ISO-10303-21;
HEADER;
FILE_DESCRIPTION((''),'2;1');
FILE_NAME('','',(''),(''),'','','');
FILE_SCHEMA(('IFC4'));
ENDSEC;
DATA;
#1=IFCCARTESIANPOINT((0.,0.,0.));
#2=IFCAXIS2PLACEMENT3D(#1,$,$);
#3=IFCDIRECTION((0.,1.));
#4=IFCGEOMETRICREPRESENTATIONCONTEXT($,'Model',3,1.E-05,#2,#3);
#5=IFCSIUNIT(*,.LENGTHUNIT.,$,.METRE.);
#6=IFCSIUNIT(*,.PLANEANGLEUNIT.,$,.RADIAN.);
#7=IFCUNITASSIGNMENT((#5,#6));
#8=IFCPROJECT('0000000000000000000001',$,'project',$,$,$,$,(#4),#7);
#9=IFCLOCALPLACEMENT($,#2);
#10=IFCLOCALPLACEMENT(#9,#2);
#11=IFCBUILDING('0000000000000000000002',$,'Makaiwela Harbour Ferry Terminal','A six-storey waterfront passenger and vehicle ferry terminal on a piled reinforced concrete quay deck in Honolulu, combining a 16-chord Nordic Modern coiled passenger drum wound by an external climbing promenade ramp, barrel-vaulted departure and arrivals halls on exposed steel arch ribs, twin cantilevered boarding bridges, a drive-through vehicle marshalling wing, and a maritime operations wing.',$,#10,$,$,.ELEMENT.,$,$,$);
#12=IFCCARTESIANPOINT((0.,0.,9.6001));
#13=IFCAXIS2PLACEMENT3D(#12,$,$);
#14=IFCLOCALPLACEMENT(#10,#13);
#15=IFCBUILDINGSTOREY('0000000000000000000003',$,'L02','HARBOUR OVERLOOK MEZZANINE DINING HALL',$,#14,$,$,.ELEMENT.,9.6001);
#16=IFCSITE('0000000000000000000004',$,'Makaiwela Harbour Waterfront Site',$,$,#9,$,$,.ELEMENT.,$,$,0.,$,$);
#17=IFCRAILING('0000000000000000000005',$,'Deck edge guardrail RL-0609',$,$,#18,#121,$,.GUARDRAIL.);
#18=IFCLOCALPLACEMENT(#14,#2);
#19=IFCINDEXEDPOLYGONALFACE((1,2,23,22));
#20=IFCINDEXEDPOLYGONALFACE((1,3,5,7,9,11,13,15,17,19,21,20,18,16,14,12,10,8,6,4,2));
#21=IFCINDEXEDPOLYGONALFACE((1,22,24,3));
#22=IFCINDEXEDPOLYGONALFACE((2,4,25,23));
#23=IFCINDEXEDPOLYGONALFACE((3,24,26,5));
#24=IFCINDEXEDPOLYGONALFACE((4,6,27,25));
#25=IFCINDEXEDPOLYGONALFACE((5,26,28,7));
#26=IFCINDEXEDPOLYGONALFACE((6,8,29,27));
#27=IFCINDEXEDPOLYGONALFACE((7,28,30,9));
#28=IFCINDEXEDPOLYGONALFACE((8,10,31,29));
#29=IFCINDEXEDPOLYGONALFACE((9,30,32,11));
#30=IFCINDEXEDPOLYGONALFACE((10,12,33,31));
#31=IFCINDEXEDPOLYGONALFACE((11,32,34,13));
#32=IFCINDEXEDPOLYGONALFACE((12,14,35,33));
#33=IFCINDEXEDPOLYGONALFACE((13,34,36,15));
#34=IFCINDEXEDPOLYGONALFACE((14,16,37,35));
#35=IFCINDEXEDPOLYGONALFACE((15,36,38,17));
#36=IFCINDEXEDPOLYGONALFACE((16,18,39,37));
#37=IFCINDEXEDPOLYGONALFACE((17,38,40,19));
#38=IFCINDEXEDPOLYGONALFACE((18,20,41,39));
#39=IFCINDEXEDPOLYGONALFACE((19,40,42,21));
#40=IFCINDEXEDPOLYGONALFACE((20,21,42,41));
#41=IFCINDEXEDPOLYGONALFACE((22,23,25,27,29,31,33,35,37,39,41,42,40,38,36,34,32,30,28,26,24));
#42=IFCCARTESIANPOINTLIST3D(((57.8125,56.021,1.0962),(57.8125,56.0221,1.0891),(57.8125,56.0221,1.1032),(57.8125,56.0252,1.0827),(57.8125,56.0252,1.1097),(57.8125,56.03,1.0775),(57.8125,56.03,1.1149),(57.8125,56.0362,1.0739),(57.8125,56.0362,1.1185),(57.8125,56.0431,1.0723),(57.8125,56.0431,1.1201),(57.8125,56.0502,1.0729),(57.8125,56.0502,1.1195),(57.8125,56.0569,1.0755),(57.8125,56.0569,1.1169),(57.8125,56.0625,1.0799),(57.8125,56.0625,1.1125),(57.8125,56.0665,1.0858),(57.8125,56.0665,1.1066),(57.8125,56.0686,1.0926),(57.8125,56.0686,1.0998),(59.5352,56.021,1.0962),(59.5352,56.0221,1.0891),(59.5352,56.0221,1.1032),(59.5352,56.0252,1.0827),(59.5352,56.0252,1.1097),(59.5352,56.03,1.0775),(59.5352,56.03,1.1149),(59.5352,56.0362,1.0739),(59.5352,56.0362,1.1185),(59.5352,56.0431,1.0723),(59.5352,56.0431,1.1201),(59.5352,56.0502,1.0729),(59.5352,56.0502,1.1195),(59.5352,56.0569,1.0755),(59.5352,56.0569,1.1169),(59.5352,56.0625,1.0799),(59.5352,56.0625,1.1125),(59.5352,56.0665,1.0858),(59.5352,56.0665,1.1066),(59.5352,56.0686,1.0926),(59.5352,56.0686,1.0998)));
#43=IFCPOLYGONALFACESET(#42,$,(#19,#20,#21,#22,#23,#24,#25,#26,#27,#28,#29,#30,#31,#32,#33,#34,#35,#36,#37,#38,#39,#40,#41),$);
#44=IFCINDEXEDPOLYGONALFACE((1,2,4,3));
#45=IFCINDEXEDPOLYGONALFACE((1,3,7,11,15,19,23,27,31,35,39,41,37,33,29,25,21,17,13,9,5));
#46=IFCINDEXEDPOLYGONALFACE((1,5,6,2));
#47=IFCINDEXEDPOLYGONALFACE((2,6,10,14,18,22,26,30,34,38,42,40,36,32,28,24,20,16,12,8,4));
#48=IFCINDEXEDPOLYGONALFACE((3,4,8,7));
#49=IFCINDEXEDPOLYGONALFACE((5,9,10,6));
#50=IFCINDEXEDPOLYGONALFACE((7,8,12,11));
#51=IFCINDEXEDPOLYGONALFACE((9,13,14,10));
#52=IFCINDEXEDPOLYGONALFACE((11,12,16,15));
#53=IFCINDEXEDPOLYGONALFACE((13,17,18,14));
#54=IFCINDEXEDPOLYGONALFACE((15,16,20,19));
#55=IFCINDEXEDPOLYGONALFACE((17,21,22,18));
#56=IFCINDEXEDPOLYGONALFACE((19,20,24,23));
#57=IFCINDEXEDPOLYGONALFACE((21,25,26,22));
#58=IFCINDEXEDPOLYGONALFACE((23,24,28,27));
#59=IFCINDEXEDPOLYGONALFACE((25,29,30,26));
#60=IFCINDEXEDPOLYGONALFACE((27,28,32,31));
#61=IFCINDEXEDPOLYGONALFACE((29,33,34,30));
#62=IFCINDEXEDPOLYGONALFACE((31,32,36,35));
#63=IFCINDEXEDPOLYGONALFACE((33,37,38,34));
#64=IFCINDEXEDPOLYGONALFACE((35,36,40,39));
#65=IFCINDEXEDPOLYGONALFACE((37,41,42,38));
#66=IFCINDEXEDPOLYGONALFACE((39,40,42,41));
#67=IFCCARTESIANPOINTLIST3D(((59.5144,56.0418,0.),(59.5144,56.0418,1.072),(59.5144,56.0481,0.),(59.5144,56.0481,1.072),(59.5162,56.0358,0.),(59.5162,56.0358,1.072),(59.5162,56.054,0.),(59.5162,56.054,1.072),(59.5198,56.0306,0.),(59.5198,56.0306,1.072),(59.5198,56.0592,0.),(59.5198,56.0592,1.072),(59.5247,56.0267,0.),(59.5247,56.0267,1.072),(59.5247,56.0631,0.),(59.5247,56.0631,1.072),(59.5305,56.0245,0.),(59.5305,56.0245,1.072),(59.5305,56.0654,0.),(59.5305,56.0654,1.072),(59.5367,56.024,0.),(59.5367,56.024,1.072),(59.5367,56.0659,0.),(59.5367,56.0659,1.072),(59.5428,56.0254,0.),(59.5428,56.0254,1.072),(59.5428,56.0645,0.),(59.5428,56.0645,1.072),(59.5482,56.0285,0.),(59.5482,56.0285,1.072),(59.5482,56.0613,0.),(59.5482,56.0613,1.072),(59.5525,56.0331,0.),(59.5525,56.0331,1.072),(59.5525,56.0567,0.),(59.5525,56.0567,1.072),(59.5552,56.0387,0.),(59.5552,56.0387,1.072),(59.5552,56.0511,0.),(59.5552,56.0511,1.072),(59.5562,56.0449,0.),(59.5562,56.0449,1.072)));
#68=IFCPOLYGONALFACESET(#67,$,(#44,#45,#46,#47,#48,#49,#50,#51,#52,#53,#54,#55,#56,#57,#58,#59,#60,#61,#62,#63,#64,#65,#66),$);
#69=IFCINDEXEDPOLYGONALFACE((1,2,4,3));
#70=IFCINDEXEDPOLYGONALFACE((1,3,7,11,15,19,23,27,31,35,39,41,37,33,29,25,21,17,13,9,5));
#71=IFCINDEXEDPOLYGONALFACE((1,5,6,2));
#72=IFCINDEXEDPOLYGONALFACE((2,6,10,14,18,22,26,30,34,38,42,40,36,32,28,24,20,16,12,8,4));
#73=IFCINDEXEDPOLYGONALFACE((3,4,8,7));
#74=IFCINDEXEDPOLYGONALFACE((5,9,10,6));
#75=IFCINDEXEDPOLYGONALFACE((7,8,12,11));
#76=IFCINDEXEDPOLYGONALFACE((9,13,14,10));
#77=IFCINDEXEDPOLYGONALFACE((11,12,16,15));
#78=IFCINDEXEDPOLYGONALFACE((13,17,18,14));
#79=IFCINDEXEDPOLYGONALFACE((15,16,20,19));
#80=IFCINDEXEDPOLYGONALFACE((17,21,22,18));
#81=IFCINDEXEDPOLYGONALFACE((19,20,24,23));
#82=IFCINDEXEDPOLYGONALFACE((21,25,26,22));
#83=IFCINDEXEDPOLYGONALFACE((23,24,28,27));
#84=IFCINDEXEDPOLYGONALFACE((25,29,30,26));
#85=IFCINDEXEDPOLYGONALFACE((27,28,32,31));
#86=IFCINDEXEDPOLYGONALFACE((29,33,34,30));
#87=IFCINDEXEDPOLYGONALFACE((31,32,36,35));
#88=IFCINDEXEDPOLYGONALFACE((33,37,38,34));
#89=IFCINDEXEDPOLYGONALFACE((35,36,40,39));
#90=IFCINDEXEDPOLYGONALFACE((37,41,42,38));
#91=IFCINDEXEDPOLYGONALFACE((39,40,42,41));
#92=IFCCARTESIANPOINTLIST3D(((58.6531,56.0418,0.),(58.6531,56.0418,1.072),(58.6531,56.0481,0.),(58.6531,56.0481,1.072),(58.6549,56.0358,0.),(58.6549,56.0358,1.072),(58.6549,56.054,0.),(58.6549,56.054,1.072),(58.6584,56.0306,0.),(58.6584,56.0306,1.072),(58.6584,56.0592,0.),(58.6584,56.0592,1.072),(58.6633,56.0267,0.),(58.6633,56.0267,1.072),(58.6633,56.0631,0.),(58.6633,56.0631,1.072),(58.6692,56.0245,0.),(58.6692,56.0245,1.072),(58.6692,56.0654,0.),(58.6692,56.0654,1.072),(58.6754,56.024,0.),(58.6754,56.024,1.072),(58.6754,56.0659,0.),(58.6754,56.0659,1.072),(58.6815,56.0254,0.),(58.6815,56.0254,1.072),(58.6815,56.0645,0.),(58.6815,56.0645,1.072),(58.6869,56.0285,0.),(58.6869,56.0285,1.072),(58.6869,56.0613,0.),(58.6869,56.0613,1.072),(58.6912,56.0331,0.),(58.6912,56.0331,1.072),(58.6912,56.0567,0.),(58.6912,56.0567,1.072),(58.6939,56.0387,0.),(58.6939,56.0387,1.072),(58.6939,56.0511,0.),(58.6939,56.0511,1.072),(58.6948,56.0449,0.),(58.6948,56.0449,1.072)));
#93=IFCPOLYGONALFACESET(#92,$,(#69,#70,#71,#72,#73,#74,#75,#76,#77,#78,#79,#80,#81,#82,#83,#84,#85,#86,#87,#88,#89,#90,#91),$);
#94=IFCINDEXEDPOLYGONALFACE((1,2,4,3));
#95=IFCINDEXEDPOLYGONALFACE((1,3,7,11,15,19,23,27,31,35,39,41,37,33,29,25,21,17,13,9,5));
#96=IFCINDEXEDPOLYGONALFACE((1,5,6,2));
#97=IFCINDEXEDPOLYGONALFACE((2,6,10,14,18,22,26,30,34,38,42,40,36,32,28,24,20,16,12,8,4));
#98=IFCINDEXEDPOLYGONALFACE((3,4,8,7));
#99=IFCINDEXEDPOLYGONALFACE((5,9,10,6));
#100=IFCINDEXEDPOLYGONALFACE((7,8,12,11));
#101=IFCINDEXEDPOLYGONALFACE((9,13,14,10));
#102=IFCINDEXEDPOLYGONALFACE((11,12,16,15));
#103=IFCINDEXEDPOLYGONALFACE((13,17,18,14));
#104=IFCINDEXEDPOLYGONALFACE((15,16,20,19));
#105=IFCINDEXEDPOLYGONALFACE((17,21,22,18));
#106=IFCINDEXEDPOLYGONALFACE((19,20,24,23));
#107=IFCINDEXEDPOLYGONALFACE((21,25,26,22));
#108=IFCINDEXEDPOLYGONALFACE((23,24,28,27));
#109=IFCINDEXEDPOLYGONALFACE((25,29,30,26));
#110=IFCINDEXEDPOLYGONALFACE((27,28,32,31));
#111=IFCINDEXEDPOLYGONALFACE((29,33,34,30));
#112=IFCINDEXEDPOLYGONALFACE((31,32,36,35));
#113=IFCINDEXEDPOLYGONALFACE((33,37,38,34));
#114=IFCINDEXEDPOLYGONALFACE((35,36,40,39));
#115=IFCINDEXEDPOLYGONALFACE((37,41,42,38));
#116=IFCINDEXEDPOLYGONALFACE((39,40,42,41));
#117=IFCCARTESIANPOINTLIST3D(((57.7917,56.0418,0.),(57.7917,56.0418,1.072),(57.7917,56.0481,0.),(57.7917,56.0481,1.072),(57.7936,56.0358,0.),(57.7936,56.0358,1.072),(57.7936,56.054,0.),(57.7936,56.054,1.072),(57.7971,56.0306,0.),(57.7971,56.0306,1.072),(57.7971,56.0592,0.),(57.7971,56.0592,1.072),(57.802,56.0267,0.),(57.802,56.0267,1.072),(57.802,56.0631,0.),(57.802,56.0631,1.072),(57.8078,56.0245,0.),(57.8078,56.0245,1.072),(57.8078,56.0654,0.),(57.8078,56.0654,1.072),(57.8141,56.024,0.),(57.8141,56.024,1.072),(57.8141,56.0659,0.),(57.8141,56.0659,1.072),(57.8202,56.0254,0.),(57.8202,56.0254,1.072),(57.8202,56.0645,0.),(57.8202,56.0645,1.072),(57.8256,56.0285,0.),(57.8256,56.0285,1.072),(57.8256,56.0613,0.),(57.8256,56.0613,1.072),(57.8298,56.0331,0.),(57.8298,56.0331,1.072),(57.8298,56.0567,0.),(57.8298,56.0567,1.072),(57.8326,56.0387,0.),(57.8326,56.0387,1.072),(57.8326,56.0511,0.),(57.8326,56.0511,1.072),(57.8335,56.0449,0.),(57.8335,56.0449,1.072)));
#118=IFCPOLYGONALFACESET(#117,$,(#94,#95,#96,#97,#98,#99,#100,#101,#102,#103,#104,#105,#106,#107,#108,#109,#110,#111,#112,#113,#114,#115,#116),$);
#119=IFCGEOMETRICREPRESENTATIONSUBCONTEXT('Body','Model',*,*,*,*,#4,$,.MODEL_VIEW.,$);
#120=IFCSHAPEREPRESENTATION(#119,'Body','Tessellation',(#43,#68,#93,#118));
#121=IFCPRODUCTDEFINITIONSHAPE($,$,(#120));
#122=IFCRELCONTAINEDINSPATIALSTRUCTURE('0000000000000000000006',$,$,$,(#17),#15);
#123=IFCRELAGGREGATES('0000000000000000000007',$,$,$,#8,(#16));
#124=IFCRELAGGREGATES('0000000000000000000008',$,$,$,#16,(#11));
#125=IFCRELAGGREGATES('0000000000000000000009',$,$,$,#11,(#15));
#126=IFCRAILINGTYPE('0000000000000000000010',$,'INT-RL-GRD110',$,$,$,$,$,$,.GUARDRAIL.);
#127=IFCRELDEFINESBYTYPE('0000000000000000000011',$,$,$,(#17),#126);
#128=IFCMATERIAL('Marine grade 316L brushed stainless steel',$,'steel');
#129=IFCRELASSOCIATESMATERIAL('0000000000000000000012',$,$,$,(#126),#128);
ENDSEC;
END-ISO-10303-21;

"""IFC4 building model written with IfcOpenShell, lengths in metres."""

from ifc_helpers import new_model, si_unit, direction, frame, origin, origin_2d, place, context, subcontext, project, spatial, circle, extrude, material, type_object, element, save


model = new_model("IFC4")

# Units and contexts
model_context = context("Model", 3, precision=1e-05, world=origin(), true_north=direction((0.0, 1.0)))
body_context = subcontext(model_context, "Body", "Model", "MODEL_VIEW")
ifc_project = project(units=[si_unit("LENGTHUNIT", "METRE"), si_unit("PLANEANGLEUNIT", "RADIAN")], contexts=[model_context])

# Site, building, storey
site_placement = place(None, origin())
site = spatial("IfcSite", under=ifc_project, at=site_placement, Name="Makaiwela Harbour Waterfront Site", CompositionType="ELEMENT", RefElevation=0.0)
building_placement = place(site_placement, origin())
building = spatial("IfcBuilding", under=site, at=building_placement, Name="Makaiwela Harbour Ferry Terminal", Description="A six-storey waterfront passenger and vehicle ferry terminal on a piled reinforced concrete quay deck in Honolulu, combining a 16-chord Nordic Modern coiled passenger drum wound by an external climbing promenade ramp, barrel-vaulted departure and arrivals halls on exposed steel arch ribs, twin cantilevered boarding bridges, a drive-through vehicle marshalling wing, and a maritime operations wing.", CompositionType="ELEMENT")
storey_placement = place(building_placement, frame((0.0, 0.0, 9.6001)))
storey = spatial("IfcBuildingStorey", under=building, at=storey_placement, Name="L02", Description="HARBOUR OVERLOOK MEZZANINE DINING HALL", CompositionType="ELEMENT", Elevation=9.6001)

# Shared definitions
ifc_material_1 = material(Name="Marine grade 316L brushed stainless steel", Category="steel")

# Railing
railing_type = type_object("IfcRailingType", Name="INT-RL-GRD110", PredefinedType="GUARDRAIL", material=ifc_material_1)
railing_1_placement = place(storey_placement, frame((59.5352, 56.0449, 0.0)))
element("IfcRailing", 1, at=railing_1_placement, inside=storey, type_object=railing_type, Name="Deck edge guardrail RL-0609", PredefinedType="GUARDRAIL", context=body_context, shape_type="SweptSolid", body=[
    extrude(circle(Radius=0.0239, at=origin_2d()), frame((0.0, 0.0, 1.0962), z_axis=(-1.0, 0.0, 0.0), x_axis=(0.0, -1.0, 0.0)), (0.0, 0.0, 1.0), 1.7227),
    extrude(circle(Radius=0.021, at=origin_2d()), origin(), (0.0, 0.0, 1.0), 1.072),
    extrude(circle(Radius=0.021, at=origin_2d()), frame((-0.8613, 0.0, 0.0)), (0.0, 0.0, 1.0), 1.072),
    extrude(circle(Radius=0.021, at=origin_2d()), frame((-1.7227, 0.0, 0.0)), (0.0, 0.0, 1.0), 1.072),
])

save(model, "model.ifc")
